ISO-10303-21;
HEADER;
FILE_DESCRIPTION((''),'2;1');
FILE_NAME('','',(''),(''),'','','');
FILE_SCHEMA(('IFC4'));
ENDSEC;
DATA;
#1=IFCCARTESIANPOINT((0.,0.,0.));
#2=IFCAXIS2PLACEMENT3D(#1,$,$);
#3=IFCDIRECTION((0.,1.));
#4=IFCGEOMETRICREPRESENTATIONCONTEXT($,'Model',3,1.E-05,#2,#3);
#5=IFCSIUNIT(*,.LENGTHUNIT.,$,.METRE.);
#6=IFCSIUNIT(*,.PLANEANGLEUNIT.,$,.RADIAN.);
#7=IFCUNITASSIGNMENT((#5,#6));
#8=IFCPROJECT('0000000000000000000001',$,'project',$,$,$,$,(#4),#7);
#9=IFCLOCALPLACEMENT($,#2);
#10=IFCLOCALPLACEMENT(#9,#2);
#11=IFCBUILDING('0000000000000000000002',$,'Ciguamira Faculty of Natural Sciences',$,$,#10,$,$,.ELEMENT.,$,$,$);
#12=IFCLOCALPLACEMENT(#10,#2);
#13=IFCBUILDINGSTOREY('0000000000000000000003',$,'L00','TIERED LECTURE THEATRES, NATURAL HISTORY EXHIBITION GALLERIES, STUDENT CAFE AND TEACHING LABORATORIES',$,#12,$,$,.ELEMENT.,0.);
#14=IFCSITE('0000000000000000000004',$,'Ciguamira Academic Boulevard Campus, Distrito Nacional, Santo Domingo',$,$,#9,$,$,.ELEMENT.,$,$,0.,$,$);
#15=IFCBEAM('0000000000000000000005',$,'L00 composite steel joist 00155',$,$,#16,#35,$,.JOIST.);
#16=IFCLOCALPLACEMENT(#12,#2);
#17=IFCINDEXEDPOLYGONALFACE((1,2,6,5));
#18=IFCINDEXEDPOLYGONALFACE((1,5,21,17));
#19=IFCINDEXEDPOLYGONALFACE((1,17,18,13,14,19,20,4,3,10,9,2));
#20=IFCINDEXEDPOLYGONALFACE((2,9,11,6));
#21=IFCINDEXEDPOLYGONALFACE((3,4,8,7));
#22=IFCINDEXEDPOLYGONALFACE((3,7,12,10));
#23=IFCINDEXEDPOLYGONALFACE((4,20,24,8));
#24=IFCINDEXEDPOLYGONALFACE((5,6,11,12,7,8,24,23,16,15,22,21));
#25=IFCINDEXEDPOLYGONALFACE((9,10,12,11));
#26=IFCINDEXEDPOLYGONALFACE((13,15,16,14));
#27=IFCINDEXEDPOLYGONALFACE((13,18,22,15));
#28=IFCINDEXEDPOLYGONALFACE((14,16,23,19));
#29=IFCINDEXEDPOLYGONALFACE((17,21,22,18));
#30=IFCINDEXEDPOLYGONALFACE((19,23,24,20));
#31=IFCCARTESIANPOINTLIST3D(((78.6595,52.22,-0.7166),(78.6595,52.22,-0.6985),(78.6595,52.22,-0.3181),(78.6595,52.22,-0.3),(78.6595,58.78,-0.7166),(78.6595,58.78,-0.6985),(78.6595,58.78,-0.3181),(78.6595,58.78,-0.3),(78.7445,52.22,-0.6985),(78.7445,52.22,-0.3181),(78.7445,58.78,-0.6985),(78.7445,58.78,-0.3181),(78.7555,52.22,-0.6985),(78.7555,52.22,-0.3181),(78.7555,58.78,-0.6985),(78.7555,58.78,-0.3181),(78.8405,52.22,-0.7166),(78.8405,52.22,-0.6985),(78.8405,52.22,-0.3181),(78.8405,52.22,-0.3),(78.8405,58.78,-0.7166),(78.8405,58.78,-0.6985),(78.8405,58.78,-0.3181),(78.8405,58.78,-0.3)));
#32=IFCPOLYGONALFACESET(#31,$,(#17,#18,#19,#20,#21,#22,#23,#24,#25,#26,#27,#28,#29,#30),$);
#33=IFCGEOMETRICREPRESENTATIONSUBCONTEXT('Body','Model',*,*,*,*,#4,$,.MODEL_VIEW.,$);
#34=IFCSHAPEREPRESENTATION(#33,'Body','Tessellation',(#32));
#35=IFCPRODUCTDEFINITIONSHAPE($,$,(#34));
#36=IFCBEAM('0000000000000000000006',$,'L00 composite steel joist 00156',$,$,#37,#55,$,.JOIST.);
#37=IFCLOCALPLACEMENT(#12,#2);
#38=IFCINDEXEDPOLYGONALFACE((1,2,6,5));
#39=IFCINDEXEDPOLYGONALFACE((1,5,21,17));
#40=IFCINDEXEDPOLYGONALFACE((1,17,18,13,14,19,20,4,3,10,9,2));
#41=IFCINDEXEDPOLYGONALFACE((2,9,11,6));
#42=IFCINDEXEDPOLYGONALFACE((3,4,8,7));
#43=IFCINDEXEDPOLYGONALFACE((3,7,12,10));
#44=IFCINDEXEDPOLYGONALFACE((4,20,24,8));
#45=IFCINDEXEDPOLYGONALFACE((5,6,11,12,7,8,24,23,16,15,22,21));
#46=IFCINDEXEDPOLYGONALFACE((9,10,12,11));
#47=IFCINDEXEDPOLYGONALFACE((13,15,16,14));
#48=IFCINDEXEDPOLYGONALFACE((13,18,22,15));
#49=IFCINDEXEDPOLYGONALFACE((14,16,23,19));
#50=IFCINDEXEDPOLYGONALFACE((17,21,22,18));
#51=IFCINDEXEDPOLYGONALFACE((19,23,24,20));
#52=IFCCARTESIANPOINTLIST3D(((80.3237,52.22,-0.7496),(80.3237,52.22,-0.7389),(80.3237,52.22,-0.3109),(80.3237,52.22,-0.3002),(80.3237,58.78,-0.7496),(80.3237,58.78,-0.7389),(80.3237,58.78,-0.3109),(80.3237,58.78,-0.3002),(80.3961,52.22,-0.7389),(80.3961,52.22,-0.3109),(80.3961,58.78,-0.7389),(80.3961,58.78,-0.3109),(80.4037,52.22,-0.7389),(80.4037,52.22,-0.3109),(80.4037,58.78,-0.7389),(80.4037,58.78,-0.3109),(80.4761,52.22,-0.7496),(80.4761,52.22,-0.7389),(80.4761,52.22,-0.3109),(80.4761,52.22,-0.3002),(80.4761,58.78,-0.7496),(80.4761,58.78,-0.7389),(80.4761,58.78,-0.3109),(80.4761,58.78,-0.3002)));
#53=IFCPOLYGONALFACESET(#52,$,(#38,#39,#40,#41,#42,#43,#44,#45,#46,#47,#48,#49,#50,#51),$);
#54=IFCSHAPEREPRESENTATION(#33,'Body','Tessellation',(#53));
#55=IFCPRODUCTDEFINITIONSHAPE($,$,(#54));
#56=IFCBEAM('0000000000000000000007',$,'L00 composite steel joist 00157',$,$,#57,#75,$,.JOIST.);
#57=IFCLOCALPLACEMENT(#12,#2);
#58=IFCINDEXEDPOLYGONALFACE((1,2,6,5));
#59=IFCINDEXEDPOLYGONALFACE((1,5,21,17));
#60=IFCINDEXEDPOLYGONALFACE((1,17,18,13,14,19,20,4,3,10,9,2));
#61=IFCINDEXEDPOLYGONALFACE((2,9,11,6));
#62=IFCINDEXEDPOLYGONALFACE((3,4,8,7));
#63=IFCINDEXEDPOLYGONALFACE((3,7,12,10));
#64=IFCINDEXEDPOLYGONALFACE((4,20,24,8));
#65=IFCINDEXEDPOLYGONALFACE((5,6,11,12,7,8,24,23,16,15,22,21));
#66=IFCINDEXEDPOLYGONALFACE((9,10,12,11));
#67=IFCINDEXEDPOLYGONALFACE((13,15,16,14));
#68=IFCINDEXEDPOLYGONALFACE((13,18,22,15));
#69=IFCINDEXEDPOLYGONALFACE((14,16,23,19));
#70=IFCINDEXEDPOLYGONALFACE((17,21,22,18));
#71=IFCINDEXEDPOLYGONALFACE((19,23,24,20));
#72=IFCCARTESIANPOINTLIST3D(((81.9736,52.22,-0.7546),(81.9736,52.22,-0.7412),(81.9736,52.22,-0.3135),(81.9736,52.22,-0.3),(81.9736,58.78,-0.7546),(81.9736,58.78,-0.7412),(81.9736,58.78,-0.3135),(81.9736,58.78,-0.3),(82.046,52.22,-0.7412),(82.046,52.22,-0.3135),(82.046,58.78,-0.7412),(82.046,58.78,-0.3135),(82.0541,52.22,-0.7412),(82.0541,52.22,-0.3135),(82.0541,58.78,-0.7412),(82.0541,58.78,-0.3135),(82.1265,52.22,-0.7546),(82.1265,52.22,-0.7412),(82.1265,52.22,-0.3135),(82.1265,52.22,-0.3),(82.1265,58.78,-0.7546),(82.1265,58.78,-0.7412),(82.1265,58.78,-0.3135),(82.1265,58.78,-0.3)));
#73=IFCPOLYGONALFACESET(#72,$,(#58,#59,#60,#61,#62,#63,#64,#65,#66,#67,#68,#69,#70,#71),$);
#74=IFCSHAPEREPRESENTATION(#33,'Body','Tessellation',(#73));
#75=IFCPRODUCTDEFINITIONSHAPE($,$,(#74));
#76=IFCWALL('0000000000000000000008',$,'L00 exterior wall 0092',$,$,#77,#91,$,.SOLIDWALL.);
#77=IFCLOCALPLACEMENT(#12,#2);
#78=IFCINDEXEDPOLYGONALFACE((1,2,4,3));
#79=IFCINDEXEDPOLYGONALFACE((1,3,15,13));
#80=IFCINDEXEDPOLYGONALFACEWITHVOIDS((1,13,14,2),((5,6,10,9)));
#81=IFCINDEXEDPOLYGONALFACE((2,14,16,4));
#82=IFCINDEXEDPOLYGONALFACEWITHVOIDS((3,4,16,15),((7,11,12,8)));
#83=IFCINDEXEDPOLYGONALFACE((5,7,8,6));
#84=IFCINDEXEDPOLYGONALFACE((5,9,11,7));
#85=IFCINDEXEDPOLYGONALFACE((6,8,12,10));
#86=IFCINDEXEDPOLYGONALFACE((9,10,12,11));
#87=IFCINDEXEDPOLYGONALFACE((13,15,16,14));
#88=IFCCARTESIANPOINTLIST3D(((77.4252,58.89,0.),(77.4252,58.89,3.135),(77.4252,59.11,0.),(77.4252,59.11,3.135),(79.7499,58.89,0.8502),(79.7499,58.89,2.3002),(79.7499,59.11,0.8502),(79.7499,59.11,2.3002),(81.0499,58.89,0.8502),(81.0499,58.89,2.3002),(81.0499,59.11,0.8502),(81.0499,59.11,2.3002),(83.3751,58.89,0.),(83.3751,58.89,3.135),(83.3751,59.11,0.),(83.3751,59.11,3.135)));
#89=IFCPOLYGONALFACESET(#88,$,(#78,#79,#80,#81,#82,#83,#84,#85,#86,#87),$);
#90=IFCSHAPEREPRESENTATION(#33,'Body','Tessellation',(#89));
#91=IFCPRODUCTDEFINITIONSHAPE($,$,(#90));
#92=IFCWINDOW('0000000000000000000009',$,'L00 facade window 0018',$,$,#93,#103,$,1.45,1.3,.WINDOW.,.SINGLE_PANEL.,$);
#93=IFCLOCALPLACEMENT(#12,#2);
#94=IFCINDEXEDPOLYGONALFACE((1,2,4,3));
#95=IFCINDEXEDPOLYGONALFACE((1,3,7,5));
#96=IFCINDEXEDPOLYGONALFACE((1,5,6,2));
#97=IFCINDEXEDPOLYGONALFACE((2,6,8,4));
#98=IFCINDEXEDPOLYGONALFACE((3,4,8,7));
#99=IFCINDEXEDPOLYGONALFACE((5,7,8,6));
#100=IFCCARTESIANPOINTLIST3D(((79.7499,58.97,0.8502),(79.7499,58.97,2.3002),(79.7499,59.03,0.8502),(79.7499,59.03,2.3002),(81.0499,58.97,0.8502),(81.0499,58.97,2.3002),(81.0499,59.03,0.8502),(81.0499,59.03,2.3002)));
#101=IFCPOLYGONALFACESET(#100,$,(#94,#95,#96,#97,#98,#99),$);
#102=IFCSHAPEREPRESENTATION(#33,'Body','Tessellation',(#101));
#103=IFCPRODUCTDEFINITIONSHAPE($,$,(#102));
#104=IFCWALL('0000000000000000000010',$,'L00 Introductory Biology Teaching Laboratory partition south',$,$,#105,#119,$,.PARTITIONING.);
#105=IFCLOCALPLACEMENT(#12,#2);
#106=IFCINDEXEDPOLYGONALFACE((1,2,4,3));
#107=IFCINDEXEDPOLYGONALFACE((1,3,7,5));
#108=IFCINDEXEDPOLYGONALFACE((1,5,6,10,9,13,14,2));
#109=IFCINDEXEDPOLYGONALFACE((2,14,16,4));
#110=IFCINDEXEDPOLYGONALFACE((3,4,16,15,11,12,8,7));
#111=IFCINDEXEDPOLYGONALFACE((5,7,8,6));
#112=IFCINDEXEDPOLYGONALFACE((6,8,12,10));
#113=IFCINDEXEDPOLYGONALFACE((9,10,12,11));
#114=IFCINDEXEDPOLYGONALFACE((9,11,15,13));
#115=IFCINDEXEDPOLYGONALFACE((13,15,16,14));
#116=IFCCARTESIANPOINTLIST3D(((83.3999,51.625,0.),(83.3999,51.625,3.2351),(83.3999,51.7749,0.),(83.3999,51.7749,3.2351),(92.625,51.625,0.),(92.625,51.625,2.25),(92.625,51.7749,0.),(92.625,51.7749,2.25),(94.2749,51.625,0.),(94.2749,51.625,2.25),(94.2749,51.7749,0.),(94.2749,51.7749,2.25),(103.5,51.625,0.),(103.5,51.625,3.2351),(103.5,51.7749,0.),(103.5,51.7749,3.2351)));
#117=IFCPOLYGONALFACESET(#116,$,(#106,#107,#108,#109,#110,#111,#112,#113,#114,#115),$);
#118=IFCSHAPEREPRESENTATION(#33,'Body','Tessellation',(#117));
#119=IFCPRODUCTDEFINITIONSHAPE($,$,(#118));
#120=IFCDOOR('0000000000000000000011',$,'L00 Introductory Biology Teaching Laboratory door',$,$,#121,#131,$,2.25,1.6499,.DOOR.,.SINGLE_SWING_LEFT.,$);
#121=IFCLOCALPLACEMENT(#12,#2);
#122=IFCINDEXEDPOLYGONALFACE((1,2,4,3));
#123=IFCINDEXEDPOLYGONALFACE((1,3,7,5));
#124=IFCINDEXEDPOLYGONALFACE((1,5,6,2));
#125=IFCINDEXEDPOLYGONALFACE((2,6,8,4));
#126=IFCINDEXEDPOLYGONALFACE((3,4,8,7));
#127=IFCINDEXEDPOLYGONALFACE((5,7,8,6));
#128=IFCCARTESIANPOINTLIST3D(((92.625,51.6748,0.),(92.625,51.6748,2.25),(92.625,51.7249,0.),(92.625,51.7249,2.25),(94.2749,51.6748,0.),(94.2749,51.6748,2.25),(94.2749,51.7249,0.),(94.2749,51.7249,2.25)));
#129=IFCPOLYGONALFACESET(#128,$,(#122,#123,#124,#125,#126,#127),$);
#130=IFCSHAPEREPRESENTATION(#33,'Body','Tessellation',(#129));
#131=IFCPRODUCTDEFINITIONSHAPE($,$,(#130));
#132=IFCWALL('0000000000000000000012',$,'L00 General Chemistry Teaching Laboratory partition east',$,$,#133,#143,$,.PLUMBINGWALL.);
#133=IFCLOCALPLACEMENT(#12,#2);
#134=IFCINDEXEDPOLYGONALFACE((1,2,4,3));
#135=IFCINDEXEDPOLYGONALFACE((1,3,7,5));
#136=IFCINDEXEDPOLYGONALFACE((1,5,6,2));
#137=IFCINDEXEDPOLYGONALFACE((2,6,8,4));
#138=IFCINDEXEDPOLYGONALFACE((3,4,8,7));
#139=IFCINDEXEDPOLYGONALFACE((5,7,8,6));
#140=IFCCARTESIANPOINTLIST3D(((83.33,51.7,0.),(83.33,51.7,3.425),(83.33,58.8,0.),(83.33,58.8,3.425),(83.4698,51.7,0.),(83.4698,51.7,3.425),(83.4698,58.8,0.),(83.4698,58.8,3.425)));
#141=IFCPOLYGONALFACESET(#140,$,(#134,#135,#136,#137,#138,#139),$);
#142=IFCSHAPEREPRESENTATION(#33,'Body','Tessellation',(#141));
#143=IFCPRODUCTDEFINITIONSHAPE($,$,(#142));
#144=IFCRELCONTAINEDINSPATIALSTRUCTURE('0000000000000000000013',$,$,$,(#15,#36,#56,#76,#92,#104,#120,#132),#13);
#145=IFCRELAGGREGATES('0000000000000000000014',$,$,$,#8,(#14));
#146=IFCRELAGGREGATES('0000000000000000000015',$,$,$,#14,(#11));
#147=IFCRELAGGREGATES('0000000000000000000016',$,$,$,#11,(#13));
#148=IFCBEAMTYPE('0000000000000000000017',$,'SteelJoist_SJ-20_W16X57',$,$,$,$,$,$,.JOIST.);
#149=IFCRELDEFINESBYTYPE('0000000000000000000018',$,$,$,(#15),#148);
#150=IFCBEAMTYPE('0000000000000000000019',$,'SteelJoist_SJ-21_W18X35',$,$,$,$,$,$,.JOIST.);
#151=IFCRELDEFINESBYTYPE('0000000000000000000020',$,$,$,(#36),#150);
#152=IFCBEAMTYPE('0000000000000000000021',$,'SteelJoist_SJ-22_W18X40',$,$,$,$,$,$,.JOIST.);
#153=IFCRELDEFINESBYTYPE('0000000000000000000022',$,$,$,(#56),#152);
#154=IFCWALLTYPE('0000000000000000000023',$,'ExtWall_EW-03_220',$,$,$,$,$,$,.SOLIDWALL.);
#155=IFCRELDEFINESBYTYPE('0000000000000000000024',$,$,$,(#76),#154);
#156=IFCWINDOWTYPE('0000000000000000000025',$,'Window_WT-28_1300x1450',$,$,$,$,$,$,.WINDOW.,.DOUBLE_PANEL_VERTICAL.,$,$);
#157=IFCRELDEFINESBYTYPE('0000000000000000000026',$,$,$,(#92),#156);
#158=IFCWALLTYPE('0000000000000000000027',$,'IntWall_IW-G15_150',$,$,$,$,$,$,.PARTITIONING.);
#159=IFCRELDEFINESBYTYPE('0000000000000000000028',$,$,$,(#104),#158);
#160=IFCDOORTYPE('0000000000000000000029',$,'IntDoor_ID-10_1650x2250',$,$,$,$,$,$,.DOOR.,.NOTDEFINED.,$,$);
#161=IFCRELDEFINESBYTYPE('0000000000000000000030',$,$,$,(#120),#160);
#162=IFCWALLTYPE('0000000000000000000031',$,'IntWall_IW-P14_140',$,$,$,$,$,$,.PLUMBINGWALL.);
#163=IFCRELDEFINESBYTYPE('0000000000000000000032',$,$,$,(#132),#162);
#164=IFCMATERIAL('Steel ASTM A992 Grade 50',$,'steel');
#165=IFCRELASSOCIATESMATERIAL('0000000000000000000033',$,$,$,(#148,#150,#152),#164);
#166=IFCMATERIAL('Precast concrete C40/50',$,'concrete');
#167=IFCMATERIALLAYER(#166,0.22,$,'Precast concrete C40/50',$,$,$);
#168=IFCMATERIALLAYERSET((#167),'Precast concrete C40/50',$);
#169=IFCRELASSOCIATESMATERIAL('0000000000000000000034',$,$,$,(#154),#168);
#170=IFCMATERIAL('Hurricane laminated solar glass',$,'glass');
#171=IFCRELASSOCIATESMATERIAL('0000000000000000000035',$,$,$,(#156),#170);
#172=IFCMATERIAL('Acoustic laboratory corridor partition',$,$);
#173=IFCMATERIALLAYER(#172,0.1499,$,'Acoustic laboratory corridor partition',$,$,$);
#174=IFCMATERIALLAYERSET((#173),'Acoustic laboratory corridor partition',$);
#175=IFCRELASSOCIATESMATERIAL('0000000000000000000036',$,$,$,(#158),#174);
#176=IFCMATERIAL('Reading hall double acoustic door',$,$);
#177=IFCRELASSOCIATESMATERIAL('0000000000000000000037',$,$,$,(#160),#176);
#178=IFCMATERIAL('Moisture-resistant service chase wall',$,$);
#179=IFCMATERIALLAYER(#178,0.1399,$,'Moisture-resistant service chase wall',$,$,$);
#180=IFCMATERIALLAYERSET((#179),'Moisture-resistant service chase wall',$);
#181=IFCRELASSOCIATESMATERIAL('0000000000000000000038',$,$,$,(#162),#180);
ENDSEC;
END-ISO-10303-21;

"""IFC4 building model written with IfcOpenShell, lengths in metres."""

from ifc_helpers import new_model, si_unit, direction, frame, frame_2d, origin, origin_2d, place, context, subcontext, project, spatial, rectangle, i_section, extrude, material, layer, layer_set, material_profile, profile_set, type_object, element, fill, save


model = new_model("IFC4")

# Units and contexts
model_context = context("Model", 3, precision=1e-05, world=origin(), true_north=direction((0.0, 1.0)))
body_context = subcontext(model_context, "Body", "Model", "MODEL_VIEW")
ifc_project = project(units=[si_unit("LENGTHUNIT", "METRE"), si_unit("PLANEANGLEUNIT", "RADIAN")], contexts=[model_context])

# Site, building, storey
site_placement = place(None, origin())
site = spatial("IfcSite", under=ifc_project, at=site_placement, Name="Ciguamira Academic Boulevard Campus, Distrito Nacional, Santo Domingo", CompositionType="ELEMENT", RefElevation=0.0)
building_placement = place(site_placement, origin())
building = spatial("IfcBuilding", under=site, at=building_placement, Name="Ciguamira Faculty of Natural Sciences", CompositionType="ELEMENT")
storey_placement = place(building_placement, origin())
storey = spatial("IfcBuildingStorey", under=building, at=storey_placement, Name="L00", Description="TIERED LECTURE THEATRES, NATURAL HISTORY EXHIBITION GALLERIES, STUDENT CAFE AND TEACHING LABORATORIES", CompositionType="ELEMENT", Elevation=0.0)

# Beams
ifc_material_1 = material(Name="Steel ASTM A992 Grade 50", Category="steel")
ifc_material_profile_1 = material_profile(ifc_material_1, i_section(OverallWidth=0.1809, OverallDepth=0.4165, WebThickness=0.011, FlangeThickness=0.0181, at=origin_2d()), Name="W16X57")
ifc_profile_set_1 = profile_set([ifc_material_profile_1], Name="Steel ASTM A992 Grade 50")
beam_type_1 = type_object("IfcBeamType", Name="SteelJoist_SJ-20_W16X57", PredefinedType="JOIST", material=ifc_profile_set_1)
beam_1_placement = place(storey_placement, frame((78.75, 52.22, -0.5083), z_axis=(0.0, 1.0, 0.0), x_axis=(-1.0, 0.0, 0.0)))
element("IfcBeam", 1, at=beam_1_placement, inside=storey, type_object=beam_type_1, Name="L00 composite steel joist 00155", PredefinedType="JOIST", context=body_context, shape_type="SweptSolid", body=[
    extrude(i_section(OverallWidth=0.1809, OverallDepth=0.4165, WebThickness=0.011, FlangeThickness=0.0181, at=origin_2d()), origin(), (0.0, 0.0, 1.0), 6.5601),
])
ifc_material_profile_2 = material_profile(ifc_material_1, i_section(OverallWidth=0.1523, OverallDepth=0.4495, WebThickness=0.0076, FlangeThickness=0.0107, at=origin_2d()), Name="W18X35")
ifc_profile_set_2 = profile_set([ifc_material_profile_2], Name="Steel ASTM A992 Grade 50")
beam_type_2 = type_object("IfcBeamType", Name="SteelJoist_SJ-21_W18X35", PredefinedType="JOIST", material=ifc_profile_set_2)
beam_2_placement = place(storey_placement, frame((80.3999, 52.22, -0.5249), z_axis=(0.0, 1.0, 0.0), x_axis=(-1.0, 0.0, 0.0)))
element("IfcBeam", 2, at=beam_2_placement, inside=storey, type_object=beam_type_2, Name="L00 composite steel joist 00156", PredefinedType="JOIST", context=body_context, shape_type="SweptSolid", body=[
    extrude(i_section(OverallWidth=0.1523, OverallDepth=0.4495, WebThickness=0.0076, FlangeThickness=0.0107, at=origin_2d()), origin(), (0.0, 0.0, 1.0), 6.5601),
])
ifc_material_profile_3 = material_profile(ifc_material_1, i_section(OverallWidth=0.1528, OverallDepth=0.4546, WebThickness=0.0081, FlangeThickness=0.0134, at=origin_2d()), Name="W18X40")
ifc_profile_set_3 = profile_set([ifc_material_profile_3], Name="Steel ASTM A992 Grade 50")
beam_type_3 = type_object("IfcBeamType", Name="SteelJoist_SJ-22_W18X40", PredefinedType="JOIST", material=ifc_profile_set_3)
beam_3_placement = place(storey_placement, frame((82.05, 52.22, -0.5273), z_axis=(0.0, 1.0, 0.0), x_axis=(-1.0, 0.0, 0.0)))
element("IfcBeam", 3, at=beam_3_placement, inside=storey, type_object=beam_type_3, Name="L00 composite steel joist 00157", PredefinedType="JOIST", context=body_context, shape_type="SweptSolid", body=[
    extrude(i_section(OverallWidth=0.1528, OverallDepth=0.4546, WebThickness=0.0081, FlangeThickness=0.0134, at=origin_2d()), origin(), (0.0, 0.0, 1.0), 6.5601),
])

# Shared definitions
ifc_material_2 = material(Name="Precast concrete C40/50", Category="concrete")
ifc_layer_1 = layer(ifc_material_2, 0.22, Name="Precast concrete C40/50")
ifc_layer_set_1 = layer_set([ifc_layer_1], Name="Precast concrete C40/50")
wall_type_1 = type_object("IfcWallType", Name="ExtWall_EW-03_220", PredefinedType="SOLIDWALL", material=ifc_layer_set_1)

# Wall, opening, window
wall_1_placement = place(storey_placement, frame((77.425, 59.0, 0.0), z_axis=(0.0, 0.0, 1.0), x_axis=(1.0, 0.0, 0.0)))
wall_1 = element("IfcWall", 4, at=wall_1_placement, inside=storey, type_object=wall_type_1, Name="L00 exterior wall 0092", PredefinedType="SOLIDWALL", context=body_context, shape_type="SweptSolid", body=[
    extrude(rectangle(XDim=5.95, YDim=0.22, at=frame_2d((2.9751, 0.0))), origin(), (0.0, 0.0, 1.0), 3.135),
])
opening_1_placement = place(wall_1_placement, frame((2.325, 0.0, 0.8501)))
opening_1 = element("IfcOpeningElement", 5, at=opening_1_placement, cuts=wall_1, PredefinedType="OPENING", context=body_context, shape_type="SweptSolid", body=[
    extrude(rectangle(XDim=1.3, YDim=1.45, at=frame_2d((0.6499, 0.7251))), frame((0.0, 0.1199, 0.0), z_axis=(0.0, -1.0, 0.0), x_axis=(1.0, 0.0, 0.0)), (0.0, 0.0, 1.0), 0.24),
])
ifc_material_3 = material(Name="Hurricane laminated solar glass", Category="glass")
window_type = type_object("IfcWindowType", Name="Window_WT-28_1300x1450", PartitioningType="DOUBLE_PANEL_VERTICAL", PredefinedType="WINDOW", material=ifc_material_3)
window_placement = place(opening_1_placement, origin())
window = element("IfcWindow", 6, at=window_placement, inside=storey, type_object=window_type, Name="L00 facade window 0018", OverallHeight=1.45, OverallWidth=1.3, PartitioningType="SINGLE_PANEL", PredefinedType="WINDOW", context=body_context, shape_type="SweptSolid", body=[
    extrude(rectangle(XDim=1.3, YDim=1.45, at=frame_2d((0.6499, 0.7251))), frame((0.0, 0.03, 0.0), z_axis=(0.0, -1.0, 0.0), x_axis=(1.0, 0.0, 0.0)), (0.0, 0.0, 1.0), 0.0601),
])
fill(opening_1, window)

# Wall, opening, door
ifc_material_4 = material(Name="Acoustic laboratory corridor partition")
ifc_layer_2 = layer(ifc_material_4, 0.1499, Name="Acoustic laboratory corridor partition")
ifc_layer_set_2 = layer_set([ifc_layer_2], Name="Acoustic laboratory corridor partition")
wall_type_2 = type_object("IfcWallType", Name="IntWall_IW-G15_150", PredefinedType="PARTITIONING", material=ifc_layer_set_2)
wall_2_placement = place(storey_placement, frame((83.3999, 51.7, 0.0), z_axis=(0.0, 0.0, 1.0), x_axis=(1.0, 0.0, 0.0)))
wall_2 = element("IfcWall", 7, at=wall_2_placement, inside=storey, type_object=wall_type_2, Name="L00 Introductory Biology Teaching Laboratory partition south", PredefinedType="PARTITIONING", context=body_context, shape_type="SweptSolid", body=[
    extrude(rectangle(XDim=20.1001, YDim=0.1499, at=frame_2d((10.05, 0.0))), origin(), (0.0, 0.0, 1.0), 3.2351),
])
opening_2_placement = place(wall_2_placement, frame((9.2251, 0.0, 0.0)))
opening_2 = element("IfcOpeningElement", 8, at=opening_2_placement, cuts=wall_2, PredefinedType="OPENING", context=body_context, shape_type="SweptSolid", body=[
    extrude(rectangle(XDim=1.6499, YDim=2.25, at=frame_2d((0.825, 1.125))), frame((0.0, 0.085, 0.0), z_axis=(0.0, -1.0, 0.0), x_axis=(1.0, 0.0, 0.0)), (0.0, 0.0, 1.0), 0.1699),
])
ifc_material_5 = material(Name="Reading hall double acoustic door")
door_type_1 = type_object("IfcDoorType", Name="IntDoor_ID-10_1650x2250", OperationType="NOTDEFINED", PredefinedType="DOOR", material=ifc_material_5)
door_1_placement = place(opening_2_placement, origin())
door_1 = element("IfcDoor", 9, at=door_1_placement, inside=storey, type_object=door_type_1, Name="L00 Introductory Biology Teaching Laboratory door", OperationType="SINGLE_SWING_LEFT", OverallHeight=2.25, OverallWidth=1.6499, PredefinedType="DOOR", context=body_context, shape_type="SweptSolid", body=[
    extrude(rectangle(XDim=1.6499, YDim=2.25, at=frame_2d((0.825, 1.125))), frame((0.0, 0.0249, 0.0), z_axis=(0.0, -1.0, 0.0), x_axis=(1.0, 0.0, 0.0)), (0.0, 0.0, 1.0), 0.05),
])
fill(opening_2, door_1)

# Wall
ifc_material_6 = material(Name="Moisture-resistant service chase wall")
ifc_layer_3 = layer(ifc_material_6, 0.1399, Name="Moisture-resistant service chase wall")
ifc_layer_set_3 = layer_set([ifc_layer_3], Name="Moisture-resistant service chase wall")
wall_type_3 = type_object("IfcWallType", Name="IntWall_IW-P14_140", PredefinedType="PLUMBINGWALL", material=ifc_layer_set_3)
wall_3_placement = place(storey_placement, frame((83.3999, 51.7, 0.0), z_axis=(0.0, 0.0, 1.0), x_axis=(0.0, 1.0, 0.0)))
element("IfcWall", 10, at=wall_3_placement, inside=storey, type_object=wall_type_3, Name="L00 General Chemistry Teaching Laboratory partition east", PredefinedType="PLUMBINGWALL", context=body_context, shape_type="SweptSolid", body=[
    extrude(rectangle(XDim=7.1001, YDim=0.1399, at=frame_2d((3.55, 0.0))), origin(), (0.0, 0.0, 1.0), 3.425),
])

save(model, "model.ifc")
